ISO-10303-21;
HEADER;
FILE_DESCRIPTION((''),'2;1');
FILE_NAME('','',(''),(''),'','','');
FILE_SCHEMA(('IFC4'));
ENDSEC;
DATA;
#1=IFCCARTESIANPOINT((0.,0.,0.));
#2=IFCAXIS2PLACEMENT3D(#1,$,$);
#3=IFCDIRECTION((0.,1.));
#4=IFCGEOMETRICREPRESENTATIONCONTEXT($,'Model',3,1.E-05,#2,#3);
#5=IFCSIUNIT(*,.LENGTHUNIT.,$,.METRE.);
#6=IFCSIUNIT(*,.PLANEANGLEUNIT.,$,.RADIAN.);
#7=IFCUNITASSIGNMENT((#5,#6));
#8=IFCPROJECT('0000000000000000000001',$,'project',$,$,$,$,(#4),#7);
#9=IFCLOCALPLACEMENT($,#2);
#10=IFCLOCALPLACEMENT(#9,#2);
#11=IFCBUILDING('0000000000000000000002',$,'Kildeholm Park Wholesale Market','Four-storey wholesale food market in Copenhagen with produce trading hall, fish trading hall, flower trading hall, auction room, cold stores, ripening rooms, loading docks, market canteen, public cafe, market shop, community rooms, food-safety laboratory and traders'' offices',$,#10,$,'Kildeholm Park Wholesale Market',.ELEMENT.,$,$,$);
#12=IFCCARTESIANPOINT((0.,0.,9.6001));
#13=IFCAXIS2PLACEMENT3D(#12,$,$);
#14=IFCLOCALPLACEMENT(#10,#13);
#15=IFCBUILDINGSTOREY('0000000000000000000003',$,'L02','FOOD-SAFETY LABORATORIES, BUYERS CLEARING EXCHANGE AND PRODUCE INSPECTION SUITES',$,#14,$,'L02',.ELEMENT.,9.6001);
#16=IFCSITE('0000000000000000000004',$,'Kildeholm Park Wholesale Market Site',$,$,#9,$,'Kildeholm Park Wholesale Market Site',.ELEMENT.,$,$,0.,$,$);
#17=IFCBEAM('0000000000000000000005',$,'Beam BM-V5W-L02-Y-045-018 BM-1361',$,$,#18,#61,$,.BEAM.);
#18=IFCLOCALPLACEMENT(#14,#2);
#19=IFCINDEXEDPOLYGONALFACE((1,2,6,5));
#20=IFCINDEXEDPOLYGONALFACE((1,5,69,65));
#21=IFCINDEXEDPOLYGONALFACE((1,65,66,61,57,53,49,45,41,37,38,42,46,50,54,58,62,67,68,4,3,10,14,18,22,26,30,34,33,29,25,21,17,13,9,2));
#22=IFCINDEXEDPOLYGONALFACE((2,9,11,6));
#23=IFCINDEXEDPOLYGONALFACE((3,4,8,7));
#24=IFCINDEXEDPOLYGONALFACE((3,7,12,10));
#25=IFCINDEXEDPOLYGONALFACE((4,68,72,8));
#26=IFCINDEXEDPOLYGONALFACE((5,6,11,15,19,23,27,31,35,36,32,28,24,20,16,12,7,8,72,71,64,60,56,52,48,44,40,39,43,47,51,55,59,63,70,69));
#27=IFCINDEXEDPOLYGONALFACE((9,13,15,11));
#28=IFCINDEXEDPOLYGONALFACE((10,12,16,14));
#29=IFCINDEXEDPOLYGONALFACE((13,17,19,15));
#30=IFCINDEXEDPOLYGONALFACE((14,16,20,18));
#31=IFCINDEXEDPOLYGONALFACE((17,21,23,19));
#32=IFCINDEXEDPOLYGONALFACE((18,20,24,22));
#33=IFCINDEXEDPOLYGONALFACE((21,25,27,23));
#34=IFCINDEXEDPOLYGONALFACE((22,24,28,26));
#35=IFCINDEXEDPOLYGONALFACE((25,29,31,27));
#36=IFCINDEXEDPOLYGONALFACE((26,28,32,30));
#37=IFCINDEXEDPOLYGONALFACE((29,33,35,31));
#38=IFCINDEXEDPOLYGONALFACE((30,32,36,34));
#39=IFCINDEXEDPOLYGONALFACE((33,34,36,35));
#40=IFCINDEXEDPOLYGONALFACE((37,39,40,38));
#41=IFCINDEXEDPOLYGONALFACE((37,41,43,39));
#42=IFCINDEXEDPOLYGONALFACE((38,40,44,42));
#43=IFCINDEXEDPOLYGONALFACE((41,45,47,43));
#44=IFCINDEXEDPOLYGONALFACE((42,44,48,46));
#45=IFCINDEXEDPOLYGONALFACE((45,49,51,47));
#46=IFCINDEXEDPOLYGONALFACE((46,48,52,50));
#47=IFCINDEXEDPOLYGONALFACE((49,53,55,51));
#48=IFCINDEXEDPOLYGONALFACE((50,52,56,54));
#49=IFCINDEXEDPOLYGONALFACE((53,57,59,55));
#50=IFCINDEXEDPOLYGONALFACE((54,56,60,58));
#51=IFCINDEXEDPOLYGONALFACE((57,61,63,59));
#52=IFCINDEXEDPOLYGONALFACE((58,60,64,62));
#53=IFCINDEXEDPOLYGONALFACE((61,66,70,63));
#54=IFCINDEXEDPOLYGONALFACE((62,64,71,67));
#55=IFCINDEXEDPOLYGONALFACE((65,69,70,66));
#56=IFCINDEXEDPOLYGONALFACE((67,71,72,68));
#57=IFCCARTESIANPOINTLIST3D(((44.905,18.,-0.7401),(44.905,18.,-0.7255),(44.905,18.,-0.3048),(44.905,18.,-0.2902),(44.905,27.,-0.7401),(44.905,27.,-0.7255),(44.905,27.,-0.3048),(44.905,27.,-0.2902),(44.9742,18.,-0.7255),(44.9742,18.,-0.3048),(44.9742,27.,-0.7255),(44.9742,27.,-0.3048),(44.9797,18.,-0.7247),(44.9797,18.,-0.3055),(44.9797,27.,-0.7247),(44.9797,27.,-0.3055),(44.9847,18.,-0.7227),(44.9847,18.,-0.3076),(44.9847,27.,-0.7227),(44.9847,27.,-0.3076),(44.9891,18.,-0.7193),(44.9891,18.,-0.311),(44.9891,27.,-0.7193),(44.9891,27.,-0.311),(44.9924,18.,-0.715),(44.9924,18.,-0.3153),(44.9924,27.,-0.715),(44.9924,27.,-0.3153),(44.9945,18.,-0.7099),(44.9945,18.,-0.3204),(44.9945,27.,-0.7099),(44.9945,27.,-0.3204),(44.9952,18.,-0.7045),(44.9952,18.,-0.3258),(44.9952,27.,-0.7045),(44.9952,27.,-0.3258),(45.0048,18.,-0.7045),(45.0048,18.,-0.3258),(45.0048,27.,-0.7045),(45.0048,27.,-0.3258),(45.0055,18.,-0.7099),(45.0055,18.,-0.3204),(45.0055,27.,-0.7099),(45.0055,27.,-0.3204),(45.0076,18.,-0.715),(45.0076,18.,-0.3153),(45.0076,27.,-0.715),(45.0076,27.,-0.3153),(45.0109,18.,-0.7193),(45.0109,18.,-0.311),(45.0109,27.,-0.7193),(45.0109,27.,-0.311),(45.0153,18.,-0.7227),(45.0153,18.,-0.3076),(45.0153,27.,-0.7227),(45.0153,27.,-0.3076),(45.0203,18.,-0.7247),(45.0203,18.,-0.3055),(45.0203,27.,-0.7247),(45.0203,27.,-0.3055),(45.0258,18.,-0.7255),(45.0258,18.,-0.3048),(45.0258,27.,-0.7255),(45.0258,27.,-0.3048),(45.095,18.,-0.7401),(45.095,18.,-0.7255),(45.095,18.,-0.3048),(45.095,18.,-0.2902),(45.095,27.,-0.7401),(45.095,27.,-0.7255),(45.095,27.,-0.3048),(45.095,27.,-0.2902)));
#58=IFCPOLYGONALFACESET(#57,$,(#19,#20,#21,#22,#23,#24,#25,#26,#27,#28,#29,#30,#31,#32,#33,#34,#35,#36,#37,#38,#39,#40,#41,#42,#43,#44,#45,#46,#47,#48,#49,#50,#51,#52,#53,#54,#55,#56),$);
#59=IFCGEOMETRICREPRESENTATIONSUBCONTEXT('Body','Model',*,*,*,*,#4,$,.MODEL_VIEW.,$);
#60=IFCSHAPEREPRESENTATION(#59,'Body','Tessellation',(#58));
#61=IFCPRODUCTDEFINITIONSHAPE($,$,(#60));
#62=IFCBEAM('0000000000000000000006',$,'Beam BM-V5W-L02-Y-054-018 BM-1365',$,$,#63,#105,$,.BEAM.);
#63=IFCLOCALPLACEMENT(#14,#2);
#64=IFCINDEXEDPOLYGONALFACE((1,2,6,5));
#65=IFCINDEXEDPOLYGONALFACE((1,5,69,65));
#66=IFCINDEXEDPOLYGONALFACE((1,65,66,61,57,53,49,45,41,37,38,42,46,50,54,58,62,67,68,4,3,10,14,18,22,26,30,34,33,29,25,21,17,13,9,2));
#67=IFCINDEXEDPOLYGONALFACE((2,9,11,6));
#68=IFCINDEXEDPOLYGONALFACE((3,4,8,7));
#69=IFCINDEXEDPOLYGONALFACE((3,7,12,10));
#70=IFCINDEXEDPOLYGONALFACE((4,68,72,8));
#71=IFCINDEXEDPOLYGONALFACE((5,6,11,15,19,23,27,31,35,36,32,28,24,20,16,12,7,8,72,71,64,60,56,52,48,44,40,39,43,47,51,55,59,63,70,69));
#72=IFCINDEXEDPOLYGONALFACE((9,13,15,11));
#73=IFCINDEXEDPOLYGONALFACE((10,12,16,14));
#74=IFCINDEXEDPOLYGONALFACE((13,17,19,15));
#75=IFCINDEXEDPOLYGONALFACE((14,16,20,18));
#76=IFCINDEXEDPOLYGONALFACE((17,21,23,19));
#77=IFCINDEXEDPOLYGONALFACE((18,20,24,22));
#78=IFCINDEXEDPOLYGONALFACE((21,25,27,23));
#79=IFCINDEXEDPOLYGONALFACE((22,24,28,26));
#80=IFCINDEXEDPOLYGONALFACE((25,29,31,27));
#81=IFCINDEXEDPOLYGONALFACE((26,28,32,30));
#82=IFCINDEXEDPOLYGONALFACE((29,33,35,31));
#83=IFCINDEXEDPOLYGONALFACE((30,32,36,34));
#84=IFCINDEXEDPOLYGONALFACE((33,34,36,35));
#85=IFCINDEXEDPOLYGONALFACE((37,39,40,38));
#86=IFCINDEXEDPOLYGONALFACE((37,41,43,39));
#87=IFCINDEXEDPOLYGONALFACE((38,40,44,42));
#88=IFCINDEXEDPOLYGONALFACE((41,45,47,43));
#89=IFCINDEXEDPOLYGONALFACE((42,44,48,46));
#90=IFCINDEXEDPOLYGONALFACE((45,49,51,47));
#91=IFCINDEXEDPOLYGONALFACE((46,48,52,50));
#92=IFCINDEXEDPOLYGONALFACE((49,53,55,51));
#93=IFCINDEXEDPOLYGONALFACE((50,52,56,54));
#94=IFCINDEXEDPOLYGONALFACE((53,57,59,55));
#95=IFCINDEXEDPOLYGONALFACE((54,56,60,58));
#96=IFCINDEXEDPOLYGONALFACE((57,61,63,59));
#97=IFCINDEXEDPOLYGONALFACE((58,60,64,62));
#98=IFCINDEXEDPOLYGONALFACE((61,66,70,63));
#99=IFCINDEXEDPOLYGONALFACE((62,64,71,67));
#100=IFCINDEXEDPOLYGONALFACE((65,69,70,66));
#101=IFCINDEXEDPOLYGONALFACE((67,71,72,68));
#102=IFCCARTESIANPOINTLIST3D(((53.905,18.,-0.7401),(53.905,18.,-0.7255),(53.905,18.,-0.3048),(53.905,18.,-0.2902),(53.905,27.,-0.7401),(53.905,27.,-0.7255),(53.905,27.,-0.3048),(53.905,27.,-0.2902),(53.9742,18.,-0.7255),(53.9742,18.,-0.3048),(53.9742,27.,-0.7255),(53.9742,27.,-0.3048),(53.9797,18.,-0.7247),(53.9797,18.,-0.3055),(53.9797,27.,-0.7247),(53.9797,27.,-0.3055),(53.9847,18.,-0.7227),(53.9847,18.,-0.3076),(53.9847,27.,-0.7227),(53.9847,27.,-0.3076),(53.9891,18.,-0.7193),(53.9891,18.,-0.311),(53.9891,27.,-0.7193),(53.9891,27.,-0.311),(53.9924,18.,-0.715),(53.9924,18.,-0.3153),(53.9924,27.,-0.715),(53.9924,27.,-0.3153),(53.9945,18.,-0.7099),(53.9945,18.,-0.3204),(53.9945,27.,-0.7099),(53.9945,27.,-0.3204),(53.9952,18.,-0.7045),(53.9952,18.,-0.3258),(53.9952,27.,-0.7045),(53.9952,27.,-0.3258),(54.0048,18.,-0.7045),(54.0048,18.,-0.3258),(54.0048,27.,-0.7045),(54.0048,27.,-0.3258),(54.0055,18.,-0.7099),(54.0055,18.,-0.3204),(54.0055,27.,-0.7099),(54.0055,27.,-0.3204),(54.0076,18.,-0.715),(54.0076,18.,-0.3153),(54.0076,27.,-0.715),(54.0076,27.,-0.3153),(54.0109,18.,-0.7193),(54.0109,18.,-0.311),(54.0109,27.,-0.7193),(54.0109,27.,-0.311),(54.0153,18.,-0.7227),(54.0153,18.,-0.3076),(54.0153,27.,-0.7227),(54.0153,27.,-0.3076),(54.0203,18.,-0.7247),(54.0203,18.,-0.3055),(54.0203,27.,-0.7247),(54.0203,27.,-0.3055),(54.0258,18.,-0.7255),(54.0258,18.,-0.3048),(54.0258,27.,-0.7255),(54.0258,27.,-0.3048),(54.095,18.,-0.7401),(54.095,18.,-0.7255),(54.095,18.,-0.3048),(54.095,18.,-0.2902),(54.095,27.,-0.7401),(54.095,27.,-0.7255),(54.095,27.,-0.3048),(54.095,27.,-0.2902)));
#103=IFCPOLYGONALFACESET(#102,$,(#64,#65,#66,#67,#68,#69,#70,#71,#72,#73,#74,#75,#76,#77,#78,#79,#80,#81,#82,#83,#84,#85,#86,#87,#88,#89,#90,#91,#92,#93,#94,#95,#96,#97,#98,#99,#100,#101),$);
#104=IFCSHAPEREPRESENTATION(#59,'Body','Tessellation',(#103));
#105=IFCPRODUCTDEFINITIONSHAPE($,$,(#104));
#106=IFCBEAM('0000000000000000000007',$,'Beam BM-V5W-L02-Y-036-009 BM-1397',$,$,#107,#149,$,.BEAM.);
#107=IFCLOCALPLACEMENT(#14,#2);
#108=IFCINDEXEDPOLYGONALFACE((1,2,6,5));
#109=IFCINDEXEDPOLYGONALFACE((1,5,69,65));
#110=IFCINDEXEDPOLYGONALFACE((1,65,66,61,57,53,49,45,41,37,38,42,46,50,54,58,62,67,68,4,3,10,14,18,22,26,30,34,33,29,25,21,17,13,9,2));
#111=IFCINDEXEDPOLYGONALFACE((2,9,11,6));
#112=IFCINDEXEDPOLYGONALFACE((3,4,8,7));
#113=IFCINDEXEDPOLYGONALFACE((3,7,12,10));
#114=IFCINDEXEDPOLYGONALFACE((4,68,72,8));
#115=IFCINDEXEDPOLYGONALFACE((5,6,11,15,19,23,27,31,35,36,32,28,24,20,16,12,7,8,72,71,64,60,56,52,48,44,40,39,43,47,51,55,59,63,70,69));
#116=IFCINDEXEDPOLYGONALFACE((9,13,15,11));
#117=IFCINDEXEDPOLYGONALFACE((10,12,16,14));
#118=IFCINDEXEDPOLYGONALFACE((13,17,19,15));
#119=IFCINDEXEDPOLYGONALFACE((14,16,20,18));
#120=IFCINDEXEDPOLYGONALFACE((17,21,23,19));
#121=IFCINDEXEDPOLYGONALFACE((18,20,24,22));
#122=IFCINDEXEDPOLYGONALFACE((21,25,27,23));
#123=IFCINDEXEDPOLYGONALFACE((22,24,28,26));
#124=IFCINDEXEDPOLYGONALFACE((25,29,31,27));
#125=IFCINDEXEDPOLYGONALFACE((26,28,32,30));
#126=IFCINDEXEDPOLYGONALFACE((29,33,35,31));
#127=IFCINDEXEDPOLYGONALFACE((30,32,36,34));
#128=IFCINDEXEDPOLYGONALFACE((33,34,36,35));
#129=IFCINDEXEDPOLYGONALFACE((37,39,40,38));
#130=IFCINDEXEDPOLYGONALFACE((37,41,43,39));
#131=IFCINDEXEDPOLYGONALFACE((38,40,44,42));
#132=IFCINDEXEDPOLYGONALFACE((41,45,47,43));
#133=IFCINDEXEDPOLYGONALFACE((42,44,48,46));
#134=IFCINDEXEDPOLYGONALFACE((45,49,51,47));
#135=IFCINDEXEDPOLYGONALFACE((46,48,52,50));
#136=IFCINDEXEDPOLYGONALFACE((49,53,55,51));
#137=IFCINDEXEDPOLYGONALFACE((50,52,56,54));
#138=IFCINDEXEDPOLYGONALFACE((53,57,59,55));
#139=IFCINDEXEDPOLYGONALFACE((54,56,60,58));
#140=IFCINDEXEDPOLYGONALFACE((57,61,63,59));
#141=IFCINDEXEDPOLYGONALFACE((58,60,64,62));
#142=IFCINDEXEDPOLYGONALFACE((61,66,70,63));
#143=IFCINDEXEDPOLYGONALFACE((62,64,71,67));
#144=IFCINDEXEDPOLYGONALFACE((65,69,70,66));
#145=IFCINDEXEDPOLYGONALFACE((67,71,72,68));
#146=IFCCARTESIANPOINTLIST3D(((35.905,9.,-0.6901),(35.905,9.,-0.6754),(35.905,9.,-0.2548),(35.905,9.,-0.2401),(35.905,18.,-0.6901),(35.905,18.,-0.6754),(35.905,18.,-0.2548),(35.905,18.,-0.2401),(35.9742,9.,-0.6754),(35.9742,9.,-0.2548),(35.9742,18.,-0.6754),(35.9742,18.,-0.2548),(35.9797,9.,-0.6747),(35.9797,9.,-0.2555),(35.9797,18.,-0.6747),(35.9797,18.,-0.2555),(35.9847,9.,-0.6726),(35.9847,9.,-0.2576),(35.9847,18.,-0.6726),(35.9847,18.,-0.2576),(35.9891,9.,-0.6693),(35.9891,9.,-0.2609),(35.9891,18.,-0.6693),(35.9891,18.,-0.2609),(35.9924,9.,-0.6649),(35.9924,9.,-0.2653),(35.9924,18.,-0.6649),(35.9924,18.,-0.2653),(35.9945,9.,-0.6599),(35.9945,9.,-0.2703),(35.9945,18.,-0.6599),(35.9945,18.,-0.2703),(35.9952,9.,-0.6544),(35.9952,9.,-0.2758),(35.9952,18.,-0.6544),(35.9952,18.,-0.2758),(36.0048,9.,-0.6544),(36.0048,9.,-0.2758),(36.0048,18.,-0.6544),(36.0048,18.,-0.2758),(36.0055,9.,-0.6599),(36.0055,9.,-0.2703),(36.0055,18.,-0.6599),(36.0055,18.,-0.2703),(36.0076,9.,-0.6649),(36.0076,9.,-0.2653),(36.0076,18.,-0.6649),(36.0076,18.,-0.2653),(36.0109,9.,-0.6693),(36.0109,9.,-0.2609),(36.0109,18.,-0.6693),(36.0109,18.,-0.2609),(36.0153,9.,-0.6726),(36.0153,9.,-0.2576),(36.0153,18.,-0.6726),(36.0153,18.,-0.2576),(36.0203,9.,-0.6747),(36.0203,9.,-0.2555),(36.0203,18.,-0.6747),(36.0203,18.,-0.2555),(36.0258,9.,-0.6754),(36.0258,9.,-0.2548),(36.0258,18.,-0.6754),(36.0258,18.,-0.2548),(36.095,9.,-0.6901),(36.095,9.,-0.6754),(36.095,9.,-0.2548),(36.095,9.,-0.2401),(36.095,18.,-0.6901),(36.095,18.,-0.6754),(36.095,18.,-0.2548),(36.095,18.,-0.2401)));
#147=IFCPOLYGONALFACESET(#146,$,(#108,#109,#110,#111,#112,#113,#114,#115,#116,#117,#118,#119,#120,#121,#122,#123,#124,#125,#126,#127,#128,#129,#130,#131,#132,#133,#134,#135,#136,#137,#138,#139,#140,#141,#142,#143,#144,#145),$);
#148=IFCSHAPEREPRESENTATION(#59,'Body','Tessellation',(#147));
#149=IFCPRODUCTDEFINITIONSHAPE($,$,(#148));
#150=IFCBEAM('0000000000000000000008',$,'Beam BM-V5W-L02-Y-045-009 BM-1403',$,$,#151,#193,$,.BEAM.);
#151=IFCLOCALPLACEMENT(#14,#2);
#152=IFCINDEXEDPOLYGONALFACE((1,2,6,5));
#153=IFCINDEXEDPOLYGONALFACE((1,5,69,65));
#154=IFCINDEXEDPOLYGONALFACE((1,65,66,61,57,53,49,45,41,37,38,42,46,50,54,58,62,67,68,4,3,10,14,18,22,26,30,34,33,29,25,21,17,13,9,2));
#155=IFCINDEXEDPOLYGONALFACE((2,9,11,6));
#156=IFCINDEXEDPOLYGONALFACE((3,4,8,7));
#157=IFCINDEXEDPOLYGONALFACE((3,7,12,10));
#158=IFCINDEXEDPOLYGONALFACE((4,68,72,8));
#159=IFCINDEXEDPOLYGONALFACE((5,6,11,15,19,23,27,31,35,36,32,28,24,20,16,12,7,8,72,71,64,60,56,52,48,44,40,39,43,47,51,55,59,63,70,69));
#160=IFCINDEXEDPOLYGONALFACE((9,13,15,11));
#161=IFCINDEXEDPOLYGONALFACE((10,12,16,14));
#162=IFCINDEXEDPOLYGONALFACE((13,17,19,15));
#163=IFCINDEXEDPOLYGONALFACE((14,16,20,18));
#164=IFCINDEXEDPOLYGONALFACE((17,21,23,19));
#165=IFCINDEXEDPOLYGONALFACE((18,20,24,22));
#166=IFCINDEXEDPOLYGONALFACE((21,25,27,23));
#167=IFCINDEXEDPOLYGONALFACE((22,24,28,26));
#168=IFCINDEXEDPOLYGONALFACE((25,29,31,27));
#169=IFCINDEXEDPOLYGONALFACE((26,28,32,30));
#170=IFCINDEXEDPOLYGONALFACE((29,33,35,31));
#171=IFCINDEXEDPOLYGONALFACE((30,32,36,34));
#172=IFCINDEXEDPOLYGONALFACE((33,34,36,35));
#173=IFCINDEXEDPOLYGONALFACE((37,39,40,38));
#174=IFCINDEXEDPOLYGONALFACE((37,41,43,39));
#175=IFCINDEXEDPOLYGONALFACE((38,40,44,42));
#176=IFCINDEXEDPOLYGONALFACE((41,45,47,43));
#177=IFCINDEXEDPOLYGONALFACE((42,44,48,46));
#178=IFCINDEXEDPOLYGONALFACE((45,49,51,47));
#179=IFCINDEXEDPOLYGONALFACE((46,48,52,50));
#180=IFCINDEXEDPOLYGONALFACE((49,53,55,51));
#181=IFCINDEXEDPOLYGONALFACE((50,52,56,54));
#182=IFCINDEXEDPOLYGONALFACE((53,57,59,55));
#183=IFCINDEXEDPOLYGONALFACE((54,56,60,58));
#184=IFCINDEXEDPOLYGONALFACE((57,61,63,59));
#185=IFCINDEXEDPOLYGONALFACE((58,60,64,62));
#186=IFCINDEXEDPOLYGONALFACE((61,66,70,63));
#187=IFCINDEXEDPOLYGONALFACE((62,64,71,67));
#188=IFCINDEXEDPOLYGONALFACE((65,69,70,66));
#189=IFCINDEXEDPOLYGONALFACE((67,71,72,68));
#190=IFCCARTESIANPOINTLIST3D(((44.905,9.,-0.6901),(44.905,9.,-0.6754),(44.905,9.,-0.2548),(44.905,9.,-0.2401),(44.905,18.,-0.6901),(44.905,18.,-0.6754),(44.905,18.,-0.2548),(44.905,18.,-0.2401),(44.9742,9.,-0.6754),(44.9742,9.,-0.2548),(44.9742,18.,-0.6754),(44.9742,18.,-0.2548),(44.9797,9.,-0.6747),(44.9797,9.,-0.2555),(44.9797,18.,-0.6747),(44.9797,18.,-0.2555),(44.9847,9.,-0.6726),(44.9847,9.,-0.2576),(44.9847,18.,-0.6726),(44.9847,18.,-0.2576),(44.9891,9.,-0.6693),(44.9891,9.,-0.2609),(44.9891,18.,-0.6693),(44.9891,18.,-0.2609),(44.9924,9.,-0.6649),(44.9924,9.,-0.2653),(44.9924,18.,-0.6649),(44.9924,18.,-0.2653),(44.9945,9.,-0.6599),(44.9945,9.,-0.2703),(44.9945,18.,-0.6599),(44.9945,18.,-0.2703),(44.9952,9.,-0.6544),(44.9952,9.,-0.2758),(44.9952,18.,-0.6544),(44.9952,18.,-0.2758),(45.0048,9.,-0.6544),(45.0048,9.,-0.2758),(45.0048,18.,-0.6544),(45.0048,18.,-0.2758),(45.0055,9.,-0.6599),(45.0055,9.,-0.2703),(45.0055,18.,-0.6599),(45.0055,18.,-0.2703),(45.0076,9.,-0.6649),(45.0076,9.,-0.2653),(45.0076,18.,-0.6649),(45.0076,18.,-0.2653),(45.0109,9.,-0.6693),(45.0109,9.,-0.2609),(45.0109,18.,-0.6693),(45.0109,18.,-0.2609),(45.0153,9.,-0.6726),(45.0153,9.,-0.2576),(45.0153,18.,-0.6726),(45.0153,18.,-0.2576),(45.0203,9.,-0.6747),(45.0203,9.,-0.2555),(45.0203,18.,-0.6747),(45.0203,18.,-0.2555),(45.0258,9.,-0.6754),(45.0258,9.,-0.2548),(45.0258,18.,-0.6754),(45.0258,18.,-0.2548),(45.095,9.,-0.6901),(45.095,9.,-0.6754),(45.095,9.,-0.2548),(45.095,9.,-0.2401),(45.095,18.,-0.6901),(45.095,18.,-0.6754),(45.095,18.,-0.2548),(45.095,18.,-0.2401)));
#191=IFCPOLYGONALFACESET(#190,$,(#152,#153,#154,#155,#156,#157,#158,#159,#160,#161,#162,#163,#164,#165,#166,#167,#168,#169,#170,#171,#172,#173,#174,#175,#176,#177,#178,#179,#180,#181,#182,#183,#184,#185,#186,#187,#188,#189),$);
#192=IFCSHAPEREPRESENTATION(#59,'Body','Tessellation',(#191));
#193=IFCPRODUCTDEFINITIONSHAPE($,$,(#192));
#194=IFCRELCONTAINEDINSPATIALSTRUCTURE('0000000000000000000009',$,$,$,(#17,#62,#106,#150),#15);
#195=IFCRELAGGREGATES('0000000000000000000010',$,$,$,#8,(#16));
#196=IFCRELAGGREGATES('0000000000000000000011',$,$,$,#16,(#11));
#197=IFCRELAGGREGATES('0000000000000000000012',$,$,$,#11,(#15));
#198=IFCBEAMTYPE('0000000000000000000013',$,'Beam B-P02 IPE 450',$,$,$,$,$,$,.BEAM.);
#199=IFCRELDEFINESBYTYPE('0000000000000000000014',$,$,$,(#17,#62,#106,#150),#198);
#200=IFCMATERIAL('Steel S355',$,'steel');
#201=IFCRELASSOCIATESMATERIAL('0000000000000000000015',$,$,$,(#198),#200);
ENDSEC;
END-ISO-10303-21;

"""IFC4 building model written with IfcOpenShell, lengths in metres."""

from ifc_helpers import new_model, si_unit, direction, frame, origin, origin_2d, place, context, subcontext, project, spatial, i_section, extrude, material, material_profile, profile_set, type_object, element, save


model = new_model("IFC4")

# Units and contexts
model_context = context("Model", 3, precision=1e-05, world=origin(), true_north=direction((0.0, 1.0)))
body_context = subcontext(model_context, "Body", "Model", "MODEL_VIEW")
ifc_project = project(units=[si_unit("LENGTHUNIT", "METRE"), si_unit("PLANEANGLEUNIT", "RADIAN")], contexts=[model_context])

# Site, building, storey
site_placement = place(None, origin())
site = spatial("IfcSite", under=ifc_project, at=site_placement, Name="Kildeholm Park Wholesale Market Site", LongName="Kildeholm Park Wholesale Market Site", CompositionType="ELEMENT", RefElevation=0.0)
building_placement = place(site_placement, origin())
building = spatial("IfcBuilding", under=site, at=building_placement, Name="Kildeholm Park Wholesale Market", Description="Four-storey wholesale food market in Copenhagen with produce trading hall, fish trading hall, flower trading hall, auction room, cold stores, ripening rooms, loading docks, market canteen, public cafe, market shop, community rooms, food-safety laboratory and traders' offices", LongName="Kildeholm Park Wholesale Market", CompositionType="ELEMENT")
storey_placement = place(building_placement, frame((0.0, 0.0, 9.6001)))
storey = spatial("IfcBuildingStorey", under=building, at=storey_placement, Name="L02", Description="FOOD-SAFETY LABORATORIES, BUYERS CLEARING EXCHANGE AND PRODUCE INSPECTION SUITES", LongName="L02", CompositionType="ELEMENT", Elevation=9.6001)

# Shared definitions
ifc_material_1 = material(Name="Steel S355", Category="steel")

# Beams
ifc_material_profile_1 = material_profile(ifc_material_1, i_section(OverallWidth=0.1899, OverallDepth=0.45, WebThickness=0.0095, FlangeThickness=0.0146, FilletRadius=0.021, at=origin_2d()), Name="IPE 450")
ifc_profile_set_1 = profile_set([ifc_material_profile_1], Name="Steel S355")
beam_type_1 = type_object("IfcBeamType", Name="Beam B-P02 IPE 450", PredefinedType="BEAM", material=ifc_profile_set_1)
for number, where, z_axis, x_axis, name in (
    (1, (45.0, 18.0, -0.5151), (0.0, 1.0, 0.0), (-1.0, 0.0, 0.0), "Beam BM-V5W-L02-Y-045-018 BM-1361"),
    (2, (54.0, 18.0, -0.5151), (0.0, 1.0, 0.0), (-1.0, 0.0, 0.0), "Beam BM-V5W-L02-Y-054-018 BM-1365"),
    (3, (36.0, 9.0, -0.4651), (0.0, 1.0, 0.0), (-1.0, 0.0, 0.0), "Beam BM-V5W-L02-Y-036-009 BM-1397"),
    (4, (45.0, 9.0, -0.4651), (0.0, 1.0, 0.0), (-1.0, 0.0, 0.0), "Beam BM-V5W-L02-Y-045-009 BM-1403"),
):
    element("IfcBeam", number, at=place(storey_placement, frame(where, z_axis=z_axis, x_axis=x_axis)), inside=storey, type_object=beam_type_1, Name=name, PredefinedType="BEAM", context=body_context, shape_type="SweptSolid", body=[
        extrude(i_section(OverallWidth=0.1899, OverallDepth=0.45, WebThickness=0.0095, FlangeThickness=0.0146, FilletRadius=0.021, at=origin_2d()), origin(), (0.0, 0.0, 1.0), 9.0),
    ])

save(model, "model.ifc")
